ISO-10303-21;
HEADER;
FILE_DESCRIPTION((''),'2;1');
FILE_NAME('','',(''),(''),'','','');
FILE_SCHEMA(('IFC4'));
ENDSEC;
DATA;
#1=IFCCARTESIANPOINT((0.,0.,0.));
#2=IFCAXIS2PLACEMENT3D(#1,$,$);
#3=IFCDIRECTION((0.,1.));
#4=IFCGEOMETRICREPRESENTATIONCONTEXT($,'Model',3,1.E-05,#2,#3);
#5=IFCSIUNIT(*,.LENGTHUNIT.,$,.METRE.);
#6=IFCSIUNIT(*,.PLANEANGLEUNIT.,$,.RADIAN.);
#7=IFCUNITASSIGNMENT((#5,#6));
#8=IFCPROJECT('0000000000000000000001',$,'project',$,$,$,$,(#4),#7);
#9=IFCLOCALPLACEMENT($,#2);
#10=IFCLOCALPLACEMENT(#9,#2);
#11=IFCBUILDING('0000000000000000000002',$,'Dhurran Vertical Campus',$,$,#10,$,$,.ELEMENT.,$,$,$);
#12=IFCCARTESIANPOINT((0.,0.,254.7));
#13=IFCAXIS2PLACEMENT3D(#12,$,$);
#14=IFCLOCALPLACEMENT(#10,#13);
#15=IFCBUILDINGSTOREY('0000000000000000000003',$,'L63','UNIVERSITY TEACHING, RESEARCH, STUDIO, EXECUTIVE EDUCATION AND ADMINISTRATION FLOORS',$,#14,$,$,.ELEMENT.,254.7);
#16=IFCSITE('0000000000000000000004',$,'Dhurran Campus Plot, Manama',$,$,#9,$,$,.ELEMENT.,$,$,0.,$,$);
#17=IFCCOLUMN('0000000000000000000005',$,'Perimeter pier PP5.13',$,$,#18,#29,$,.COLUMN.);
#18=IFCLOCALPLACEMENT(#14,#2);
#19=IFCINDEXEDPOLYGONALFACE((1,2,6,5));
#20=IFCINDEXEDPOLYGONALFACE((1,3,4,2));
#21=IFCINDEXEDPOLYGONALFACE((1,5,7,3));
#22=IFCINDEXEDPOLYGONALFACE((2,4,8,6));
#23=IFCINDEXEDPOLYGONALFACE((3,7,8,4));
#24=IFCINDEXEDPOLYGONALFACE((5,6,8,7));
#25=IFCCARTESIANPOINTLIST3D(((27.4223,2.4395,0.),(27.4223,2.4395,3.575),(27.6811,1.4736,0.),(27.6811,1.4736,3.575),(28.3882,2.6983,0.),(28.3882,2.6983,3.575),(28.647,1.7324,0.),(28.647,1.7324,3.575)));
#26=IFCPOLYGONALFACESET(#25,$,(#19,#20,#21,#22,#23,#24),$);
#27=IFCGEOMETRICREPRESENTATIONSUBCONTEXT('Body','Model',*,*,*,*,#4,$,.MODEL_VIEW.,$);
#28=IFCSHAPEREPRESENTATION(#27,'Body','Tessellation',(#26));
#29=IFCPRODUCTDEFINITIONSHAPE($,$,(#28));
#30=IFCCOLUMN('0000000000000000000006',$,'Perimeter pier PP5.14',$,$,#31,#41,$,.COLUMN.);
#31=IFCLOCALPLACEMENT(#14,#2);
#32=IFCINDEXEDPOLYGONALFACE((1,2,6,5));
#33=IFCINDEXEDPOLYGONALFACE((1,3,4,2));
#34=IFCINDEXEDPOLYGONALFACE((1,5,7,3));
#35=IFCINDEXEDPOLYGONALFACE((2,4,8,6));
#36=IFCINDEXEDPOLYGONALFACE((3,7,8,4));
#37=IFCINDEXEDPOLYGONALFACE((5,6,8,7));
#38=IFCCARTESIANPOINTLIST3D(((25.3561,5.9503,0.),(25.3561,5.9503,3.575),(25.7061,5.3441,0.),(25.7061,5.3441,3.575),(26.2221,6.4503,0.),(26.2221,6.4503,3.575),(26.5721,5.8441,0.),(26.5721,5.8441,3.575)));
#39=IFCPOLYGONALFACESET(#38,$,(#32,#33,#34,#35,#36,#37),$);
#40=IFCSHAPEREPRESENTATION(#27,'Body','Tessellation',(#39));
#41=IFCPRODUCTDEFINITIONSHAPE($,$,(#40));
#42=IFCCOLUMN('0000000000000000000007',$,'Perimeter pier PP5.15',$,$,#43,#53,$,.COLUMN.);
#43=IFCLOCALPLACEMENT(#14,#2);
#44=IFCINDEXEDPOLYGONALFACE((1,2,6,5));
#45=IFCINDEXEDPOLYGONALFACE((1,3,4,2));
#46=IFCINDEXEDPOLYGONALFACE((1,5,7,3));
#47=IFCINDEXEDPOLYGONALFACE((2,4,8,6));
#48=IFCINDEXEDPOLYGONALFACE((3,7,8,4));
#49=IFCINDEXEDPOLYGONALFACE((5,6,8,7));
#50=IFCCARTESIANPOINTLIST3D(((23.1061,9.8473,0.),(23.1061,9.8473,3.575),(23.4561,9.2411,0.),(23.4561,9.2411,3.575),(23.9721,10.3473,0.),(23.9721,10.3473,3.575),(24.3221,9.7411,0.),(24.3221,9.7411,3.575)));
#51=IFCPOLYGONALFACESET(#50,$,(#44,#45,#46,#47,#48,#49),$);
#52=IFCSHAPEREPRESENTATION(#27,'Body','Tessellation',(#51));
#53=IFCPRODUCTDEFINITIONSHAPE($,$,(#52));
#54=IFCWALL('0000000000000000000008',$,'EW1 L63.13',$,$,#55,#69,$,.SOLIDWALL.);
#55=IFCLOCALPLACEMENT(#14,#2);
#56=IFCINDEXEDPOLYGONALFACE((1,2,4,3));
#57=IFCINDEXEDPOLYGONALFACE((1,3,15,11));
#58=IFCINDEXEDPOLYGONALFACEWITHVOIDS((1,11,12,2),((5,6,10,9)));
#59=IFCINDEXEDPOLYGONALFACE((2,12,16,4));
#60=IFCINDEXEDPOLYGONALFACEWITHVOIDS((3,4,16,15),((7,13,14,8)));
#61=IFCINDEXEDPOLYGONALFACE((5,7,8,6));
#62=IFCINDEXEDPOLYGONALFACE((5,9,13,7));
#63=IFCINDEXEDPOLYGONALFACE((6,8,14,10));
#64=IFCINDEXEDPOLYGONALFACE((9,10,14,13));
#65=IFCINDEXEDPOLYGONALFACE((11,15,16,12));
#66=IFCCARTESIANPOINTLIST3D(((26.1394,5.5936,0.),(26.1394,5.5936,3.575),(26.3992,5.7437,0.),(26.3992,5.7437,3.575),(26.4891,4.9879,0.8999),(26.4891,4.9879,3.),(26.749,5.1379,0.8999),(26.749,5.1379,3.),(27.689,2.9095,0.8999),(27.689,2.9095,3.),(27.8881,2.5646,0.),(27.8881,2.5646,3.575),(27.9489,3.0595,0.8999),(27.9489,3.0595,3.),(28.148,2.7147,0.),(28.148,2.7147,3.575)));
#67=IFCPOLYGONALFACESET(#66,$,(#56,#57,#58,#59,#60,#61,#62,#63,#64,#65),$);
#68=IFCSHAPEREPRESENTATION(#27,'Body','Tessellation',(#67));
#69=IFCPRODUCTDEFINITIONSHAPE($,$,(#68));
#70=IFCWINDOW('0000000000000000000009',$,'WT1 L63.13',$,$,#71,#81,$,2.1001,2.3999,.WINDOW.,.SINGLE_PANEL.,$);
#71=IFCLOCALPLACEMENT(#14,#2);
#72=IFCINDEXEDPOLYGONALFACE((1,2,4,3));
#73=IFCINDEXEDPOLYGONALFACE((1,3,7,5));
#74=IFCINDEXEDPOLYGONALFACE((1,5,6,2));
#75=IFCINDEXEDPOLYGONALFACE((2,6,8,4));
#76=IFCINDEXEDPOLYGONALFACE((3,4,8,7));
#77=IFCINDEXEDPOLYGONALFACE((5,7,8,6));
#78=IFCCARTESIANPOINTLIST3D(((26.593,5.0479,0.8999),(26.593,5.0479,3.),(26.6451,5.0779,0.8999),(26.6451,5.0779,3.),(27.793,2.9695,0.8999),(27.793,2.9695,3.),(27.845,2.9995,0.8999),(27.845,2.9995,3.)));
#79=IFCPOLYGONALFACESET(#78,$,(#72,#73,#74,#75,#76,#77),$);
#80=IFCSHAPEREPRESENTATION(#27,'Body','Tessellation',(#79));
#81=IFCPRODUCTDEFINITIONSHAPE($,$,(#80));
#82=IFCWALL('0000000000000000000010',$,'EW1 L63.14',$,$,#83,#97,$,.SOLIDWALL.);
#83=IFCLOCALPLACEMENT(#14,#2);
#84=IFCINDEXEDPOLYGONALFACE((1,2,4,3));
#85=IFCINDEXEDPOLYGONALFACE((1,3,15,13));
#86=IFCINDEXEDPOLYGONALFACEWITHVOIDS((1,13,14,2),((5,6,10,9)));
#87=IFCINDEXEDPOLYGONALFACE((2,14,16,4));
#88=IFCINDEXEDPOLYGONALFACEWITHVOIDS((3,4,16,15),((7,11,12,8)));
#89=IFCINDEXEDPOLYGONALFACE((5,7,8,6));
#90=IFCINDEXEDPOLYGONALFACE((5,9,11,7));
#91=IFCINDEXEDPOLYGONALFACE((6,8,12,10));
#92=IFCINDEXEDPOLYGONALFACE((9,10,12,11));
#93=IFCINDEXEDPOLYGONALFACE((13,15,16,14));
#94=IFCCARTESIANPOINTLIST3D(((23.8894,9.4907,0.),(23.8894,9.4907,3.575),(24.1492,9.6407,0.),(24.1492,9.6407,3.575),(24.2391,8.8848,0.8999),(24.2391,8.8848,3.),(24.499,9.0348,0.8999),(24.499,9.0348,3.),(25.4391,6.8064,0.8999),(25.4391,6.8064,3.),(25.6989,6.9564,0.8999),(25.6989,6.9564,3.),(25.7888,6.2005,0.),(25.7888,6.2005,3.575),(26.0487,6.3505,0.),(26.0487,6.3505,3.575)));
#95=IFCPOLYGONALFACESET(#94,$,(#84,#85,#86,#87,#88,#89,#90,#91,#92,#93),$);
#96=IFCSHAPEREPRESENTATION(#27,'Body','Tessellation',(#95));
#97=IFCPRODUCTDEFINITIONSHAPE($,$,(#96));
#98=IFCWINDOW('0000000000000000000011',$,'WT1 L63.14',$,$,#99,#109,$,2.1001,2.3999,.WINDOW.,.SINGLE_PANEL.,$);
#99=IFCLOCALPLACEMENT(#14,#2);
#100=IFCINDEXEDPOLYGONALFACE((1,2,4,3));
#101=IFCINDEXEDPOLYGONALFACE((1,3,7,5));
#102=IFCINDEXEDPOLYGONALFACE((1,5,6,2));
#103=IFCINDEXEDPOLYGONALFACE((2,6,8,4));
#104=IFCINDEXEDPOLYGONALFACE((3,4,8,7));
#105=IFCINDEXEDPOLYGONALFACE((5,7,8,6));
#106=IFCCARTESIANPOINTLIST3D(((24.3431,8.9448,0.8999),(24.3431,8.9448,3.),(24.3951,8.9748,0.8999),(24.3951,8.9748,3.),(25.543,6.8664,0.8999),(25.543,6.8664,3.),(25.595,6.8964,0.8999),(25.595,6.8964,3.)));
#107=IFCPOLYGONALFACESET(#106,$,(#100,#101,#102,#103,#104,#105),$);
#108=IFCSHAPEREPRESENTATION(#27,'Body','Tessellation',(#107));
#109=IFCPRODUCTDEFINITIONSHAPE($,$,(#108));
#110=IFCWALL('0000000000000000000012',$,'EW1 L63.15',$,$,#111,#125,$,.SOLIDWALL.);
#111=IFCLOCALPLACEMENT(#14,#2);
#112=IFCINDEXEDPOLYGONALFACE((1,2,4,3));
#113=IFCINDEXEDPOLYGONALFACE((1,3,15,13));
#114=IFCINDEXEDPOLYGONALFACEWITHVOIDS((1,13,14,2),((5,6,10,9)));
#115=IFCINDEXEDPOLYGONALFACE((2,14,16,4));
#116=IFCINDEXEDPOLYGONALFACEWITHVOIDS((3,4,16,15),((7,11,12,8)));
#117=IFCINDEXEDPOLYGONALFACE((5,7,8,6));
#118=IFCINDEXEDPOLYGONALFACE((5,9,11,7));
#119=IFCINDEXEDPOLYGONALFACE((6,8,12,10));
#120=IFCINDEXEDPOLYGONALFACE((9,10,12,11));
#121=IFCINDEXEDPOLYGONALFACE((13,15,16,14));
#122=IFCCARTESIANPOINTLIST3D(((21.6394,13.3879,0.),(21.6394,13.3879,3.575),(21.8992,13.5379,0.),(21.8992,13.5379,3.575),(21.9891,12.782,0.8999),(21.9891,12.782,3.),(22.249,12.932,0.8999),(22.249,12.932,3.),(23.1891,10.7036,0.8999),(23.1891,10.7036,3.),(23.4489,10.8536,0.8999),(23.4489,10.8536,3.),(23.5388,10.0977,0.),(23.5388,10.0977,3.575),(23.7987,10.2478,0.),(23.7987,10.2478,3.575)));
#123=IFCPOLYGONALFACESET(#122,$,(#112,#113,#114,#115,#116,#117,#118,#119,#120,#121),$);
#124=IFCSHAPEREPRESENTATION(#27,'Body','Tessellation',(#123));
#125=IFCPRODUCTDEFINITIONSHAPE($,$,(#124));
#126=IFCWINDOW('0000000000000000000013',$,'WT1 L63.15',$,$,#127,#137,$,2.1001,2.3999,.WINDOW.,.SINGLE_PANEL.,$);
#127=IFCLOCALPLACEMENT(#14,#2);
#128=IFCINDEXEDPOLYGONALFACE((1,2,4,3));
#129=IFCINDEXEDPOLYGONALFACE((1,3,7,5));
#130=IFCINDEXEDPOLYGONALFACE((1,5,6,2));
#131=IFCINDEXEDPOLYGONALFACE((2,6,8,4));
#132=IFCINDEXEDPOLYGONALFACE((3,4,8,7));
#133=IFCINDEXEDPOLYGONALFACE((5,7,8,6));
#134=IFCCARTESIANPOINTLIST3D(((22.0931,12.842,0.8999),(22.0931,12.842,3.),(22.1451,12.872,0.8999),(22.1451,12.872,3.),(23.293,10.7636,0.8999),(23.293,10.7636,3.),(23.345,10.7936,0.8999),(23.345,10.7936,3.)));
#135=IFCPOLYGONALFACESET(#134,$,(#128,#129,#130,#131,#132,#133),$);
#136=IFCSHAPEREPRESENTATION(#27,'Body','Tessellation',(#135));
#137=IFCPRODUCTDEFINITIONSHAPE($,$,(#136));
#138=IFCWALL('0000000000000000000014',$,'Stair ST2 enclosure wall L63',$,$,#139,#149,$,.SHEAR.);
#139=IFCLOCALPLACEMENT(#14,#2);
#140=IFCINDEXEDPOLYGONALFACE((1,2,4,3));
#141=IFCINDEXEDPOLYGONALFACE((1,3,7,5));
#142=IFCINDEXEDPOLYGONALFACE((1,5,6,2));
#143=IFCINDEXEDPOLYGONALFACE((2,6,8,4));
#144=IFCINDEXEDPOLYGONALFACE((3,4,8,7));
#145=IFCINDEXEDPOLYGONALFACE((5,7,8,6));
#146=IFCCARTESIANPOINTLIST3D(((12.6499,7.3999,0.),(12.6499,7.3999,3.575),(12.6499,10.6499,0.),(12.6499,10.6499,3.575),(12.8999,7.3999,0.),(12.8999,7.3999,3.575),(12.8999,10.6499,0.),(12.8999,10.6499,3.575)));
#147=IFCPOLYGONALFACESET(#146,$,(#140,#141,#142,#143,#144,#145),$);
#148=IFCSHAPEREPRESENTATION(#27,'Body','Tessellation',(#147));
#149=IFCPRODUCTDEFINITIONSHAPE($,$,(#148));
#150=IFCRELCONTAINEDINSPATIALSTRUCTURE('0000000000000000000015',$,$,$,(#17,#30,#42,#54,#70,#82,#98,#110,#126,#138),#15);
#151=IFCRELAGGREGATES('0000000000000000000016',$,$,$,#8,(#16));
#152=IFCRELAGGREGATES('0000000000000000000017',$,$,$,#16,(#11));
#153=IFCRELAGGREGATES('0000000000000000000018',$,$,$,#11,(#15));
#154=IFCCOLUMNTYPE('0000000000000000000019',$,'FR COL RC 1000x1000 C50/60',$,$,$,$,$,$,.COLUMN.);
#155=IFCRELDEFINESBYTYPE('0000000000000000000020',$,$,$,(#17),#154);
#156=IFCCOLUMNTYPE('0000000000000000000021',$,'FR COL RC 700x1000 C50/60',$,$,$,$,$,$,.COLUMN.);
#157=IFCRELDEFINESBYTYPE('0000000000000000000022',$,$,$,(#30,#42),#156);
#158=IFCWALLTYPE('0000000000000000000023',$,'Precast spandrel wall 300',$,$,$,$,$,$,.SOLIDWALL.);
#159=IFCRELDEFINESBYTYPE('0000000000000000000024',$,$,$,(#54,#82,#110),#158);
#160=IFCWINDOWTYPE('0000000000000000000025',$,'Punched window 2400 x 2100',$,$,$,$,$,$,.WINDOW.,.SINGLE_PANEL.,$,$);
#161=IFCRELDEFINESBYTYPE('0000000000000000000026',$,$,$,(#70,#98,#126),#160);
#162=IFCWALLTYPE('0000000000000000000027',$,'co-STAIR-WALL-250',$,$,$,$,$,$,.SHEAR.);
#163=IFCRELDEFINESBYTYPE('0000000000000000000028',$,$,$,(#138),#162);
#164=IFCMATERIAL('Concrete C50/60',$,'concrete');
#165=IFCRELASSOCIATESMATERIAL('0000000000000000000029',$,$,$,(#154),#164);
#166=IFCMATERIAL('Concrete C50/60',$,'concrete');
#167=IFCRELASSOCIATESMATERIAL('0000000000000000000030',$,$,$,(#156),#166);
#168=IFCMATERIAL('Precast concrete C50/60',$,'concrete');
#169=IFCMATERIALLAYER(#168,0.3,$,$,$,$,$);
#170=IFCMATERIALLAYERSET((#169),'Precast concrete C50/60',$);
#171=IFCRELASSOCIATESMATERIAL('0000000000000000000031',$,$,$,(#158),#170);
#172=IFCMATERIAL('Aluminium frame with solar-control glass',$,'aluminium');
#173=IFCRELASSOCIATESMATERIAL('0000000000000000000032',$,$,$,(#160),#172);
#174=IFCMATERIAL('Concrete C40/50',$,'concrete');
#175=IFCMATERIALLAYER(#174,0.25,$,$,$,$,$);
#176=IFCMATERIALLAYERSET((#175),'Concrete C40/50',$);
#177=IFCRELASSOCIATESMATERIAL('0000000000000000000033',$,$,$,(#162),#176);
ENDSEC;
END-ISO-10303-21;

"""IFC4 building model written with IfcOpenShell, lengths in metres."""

from ifc_helpers import new_model, si_unit, direction, frame, frame_2d, origin, origin_2d, place, context, subcontext, project, spatial, rectangle, extrude, material, layer, layer_set, material_profile, profile_set, type_object, element, fill, save


model = new_model("IFC4")

# Units and contexts
model_context = context("Model", 3, precision=1e-05, world=origin(), true_north=direction((0.0, 1.0)))
body_context = subcontext(model_context, "Body", "Model", "MODEL_VIEW")
ifc_project = project(units=[si_unit("LENGTHUNIT", "METRE"), si_unit("PLANEANGLEUNIT", "RADIAN")], contexts=[model_context])

# Site, building, storey
site_placement = place(None, origin())
site = spatial("IfcSite", under=ifc_project, at=site_placement, Name="Dhurran Campus Plot, Manama", CompositionType="ELEMENT", RefElevation=0.0)
building_placement = place(site_placement, origin())
building = spatial("IfcBuilding", under=site, at=building_placement, Name="Dhurran Vertical Campus", CompositionType="ELEMENT")
storey_placement = place(building_placement, frame((0.0, 0.0, 254.7)))
storey = spatial("IfcBuildingStorey", under=building, at=storey_placement, Name="L63", Description="UNIVERSITY TEACHING, RESEARCH, STUDIO, EXECUTIVE EDUCATION AND ADMINISTRATION FLOORS", CompositionType="ELEMENT", Elevation=254.7)

# Columns
ifc_material_1 = material(Name="Concrete C50/60", Category="concrete")
ifc_material_profile_1 = material_profile(ifc_material_1, rectangle(XDim=1.0, YDim=1.0, at=origin_2d()), Name="RC 1000x1000")
ifc_profile_set_1 = profile_set([ifc_material_profile_1], Name="Concrete C50/60")
column_type_1 = type_object("IfcColumnType", Name="FR COL RC 1000x1000 C50/60", PredefinedType="COLUMN", material=ifc_profile_set_1)
column_placement = place(storey_placement, frame((28.0347, 2.0859, 0.0), z_axis=(0.0, 0.0, 1.0), x_axis=(-0.258819, 0.965926, 0.0)))
element("IfcColumn", 1, at=column_placement, inside=storey, type_object=column_type_1, Name="Perimeter pier PP5.13", PredefinedType="COLUMN", context=body_context, shape_type="SweptSolid", body=[
    extrude(rectangle(XDim=1.0, YDim=1.0, at=origin_2d()), origin(), (0.0, 0.0, 1.0), 3.575),
])
ifc_material_2 = material(Name="Concrete C50/60", Category="concrete")
ifc_material_profile_2 = material_profile(ifc_material_2, rectangle(XDim=0.7, YDim=1.0, at=origin_2d()), Name="RC 700x1000")
ifc_profile_set_2 = profile_set([ifc_material_profile_2], Name="Concrete C50/60")
column_type_2 = type_object("IfcColumnType", Name="FR COL RC 700x1000 C50/60", PredefinedType="COLUMN", material=ifc_profile_set_2)
for number, where, z_axis, x_axis, name in (
    (2, (25.9641, 5.8972, 0.0), (0.0, 0.0, 1.0), (-0.5, 0.866025, 0.0), "Perimeter pier PP5.14"),
    (3, (23.7141, 9.7942, 0.0), (0.0, 0.0, 1.0), (-0.5, 0.866025, 0.0), "Perimeter pier PP5.15"),
):
    element("IfcColumn", number, at=place(storey_placement, frame(where, z_axis=z_axis, x_axis=x_axis)), inside=storey, type_object=column_type_2, Name=name, PredefinedType="COLUMN", context=body_context, shape_type="SweptSolid", body=[
        extrude(rectangle(XDim=0.7, YDim=1.0, at=origin_2d()), origin(), (0.0, 0.0, 1.0), 3.575),
    ])

# Walls, openings, windows
ifc_material_3 = material(Name="Precast concrete C50/60", Category="concrete")
ifc_layer_1 = layer(ifc_material_3, 0.3)
ifc_layer_set_1 = layer_set([ifc_layer_1], Name="Precast concrete C50/60")
wall_type_1 = type_object("IfcWallType", Name="Precast spandrel wall 300", PredefinedType="SOLIDWALL", material=ifc_layer_set_1)
wall_1_placement = place(storey_placement, frame((28.0181, 2.6396, 0.0), z_axis=(0.0, 0.0, 1.0), x_axis=(-0.49999, 0.866031, 0.0)))
wall_1 = element("IfcWall", 4, at=wall_1_placement, inside=storey, type_object=wall_type_1, Name="EW1 L63.13", PredefinedType="SOLIDWALL", context=body_context, shape_type="SweptSolid", body=[
    extrude(rectangle(XDim=3.4976, YDim=0.3, at=frame_2d((1.7488, 0.0))), origin(), (0.0, 0.0, 1.0), 3.575),
])
opening_1_placement = place(wall_1_placement, frame((0.3982, 0.0, 0.8999)))
opening_1 = element("IfcOpeningElement", 5, at=opening_1_placement, cuts=wall_1, PredefinedType="OPENING", context=body_context, shape_type="SweptSolid", body=[
    extrude(rectangle(XDim=2.3999, YDim=2.1001, at=frame_2d((1.2, 1.05))), frame((0.0, 0.1599, 0.0), z_axis=(0.0, -1.0, 0.0), x_axis=(1.0, 0.0, 0.0)), (0.0, 0.0, 1.0), 0.3201),
])
ifc_material_4 = material(Name="Aluminium frame with solar-control glass", Category="aluminium")
window_type = type_object("IfcWindowType", Name="Punched window 2400 x 2100", PartitioningType="SINGLE_PANEL", PredefinedType="WINDOW", material=ifc_material_4)
window_1_placement = place(opening_1_placement, origin())
window_1 = element("IfcWindow", 6, at=window_1_placement, inside=storey, type_object=window_type, Name="WT1 L63.13", OverallHeight=2.1001, OverallWidth=2.3999, PartitioningType="SINGLE_PANEL", PredefinedType="WINDOW", context=body_context, shape_type="SweptSolid", body=[
    extrude(rectangle(XDim=2.3999, YDim=2.1001, at=frame_2d((1.2, 1.05))), frame((0.0, 0.03, 0.0), z_axis=(0.0, -1.0, 0.0), x_axis=(1.0, 0.0, 0.0)), (0.0, 0.0, 1.0), 0.0601),
])
fill(opening_1, window_1)
wall_2_placement = place(storey_placement, frame((25.9187, 6.2756, 0.0), z_axis=(0.0, 0.0, 1.0), x_axis=(-0.499982, 0.866036, 0.0)))
wall_2 = element("IfcWall", 7, at=wall_2_placement, inside=storey, type_object=wall_type_1, Name="EW1 L63.14", PredefinedType="SOLIDWALL", context=body_context, shape_type="SweptSolid", body=[
    extrude(rectangle(XDim=3.7991, YDim=0.3, at=frame_2d((1.8994, 0.0))), origin(), (0.0, 0.0, 1.0), 3.575),
])
opening_2_placement = place(wall_2_placement, frame((0.6995, 0.0, 0.8999)))
opening_2 = element("IfcOpeningElement", 8, at=opening_2_placement, cuts=wall_2, PredefinedType="OPENING", context=body_context, shape_type="SweptSolid", body=[
    extrude(rectangle(XDim=2.3999, YDim=2.1001, at=frame_2d((1.2, 1.05))), frame((0.0, 0.1599, 0.0), z_axis=(0.0, -1.0, 0.0), x_axis=(1.0, 0.0, 0.0)), (0.0, 0.0, 1.0), 0.3201),
])
window_2_placement = place(opening_2_placement, origin())
window_2 = element("IfcWindow", 9, at=window_2_placement, inside=storey, type_object=window_type, Name="WT1 L63.14", OverallHeight=2.1001, OverallWidth=2.3999, PartitioningType="SINGLE_PANEL", PredefinedType="WINDOW", context=body_context, shape_type="SweptSolid", body=[
    extrude(rectangle(XDim=2.3999, YDim=2.1001, at=frame_2d((1.2, 1.05))), frame((0.0, 0.03, 0.0), z_axis=(0.0, -1.0, 0.0), x_axis=(1.0, 0.0, 0.0)), (0.0, 0.0, 1.0), 0.0601),
])
fill(opening_2, window_2)
wall_3_placement = place(storey_placement, frame((23.6687, 10.1729, 0.0), z_axis=(0.0, 0.0, 1.0), x_axis=(-0.499982, 0.866036, 0.0)))
wall_3 = element("IfcWall", 10, at=wall_3_placement, inside=storey, type_object=wall_type_1, Name="EW1 L63.15", PredefinedType="SOLIDWALL", context=body_context, shape_type="SweptSolid", body=[
    extrude(rectangle(XDim=3.7991, YDim=0.3, at=frame_2d((1.8994, 0.0))), origin(), (0.0, 0.0, 1.0), 3.575),
])
opening_3_placement = place(wall_3_placement, frame((0.6995, 0.0, 0.8999)))
opening_3 = element("IfcOpeningElement", 11, at=opening_3_placement, cuts=wall_3, PredefinedType="OPENING", context=body_context, shape_type="SweptSolid", body=[
    extrude(rectangle(XDim=2.3999, YDim=2.1001, at=frame_2d((1.2, 1.05))), frame((0.0, 0.1599, 0.0), z_axis=(0.0, -1.0, 0.0), x_axis=(1.0, 0.0, 0.0)), (0.0, 0.0, 1.0), 0.3201),
])
window_3_placement = place(opening_3_placement, origin())
window_3 = element("IfcWindow", 12, at=window_3_placement, inside=storey, type_object=window_type, Name="WT1 L63.15", OverallHeight=2.1001, OverallWidth=2.3999, PartitioningType="SINGLE_PANEL", PredefinedType="WINDOW", context=body_context, shape_type="SweptSolid", body=[
    extrude(rectangle(XDim=2.3999, YDim=2.1001, at=frame_2d((1.2, 1.05))), frame((0.0, 0.03, 0.0), z_axis=(0.0, -1.0, 0.0), x_axis=(1.0, 0.0, 0.0)), (0.0, 0.0, 1.0), 0.0601),
])
fill(opening_3, window_3)

# Wall
ifc_material_5 = material(Name="Concrete C40/50", Category="concrete")
ifc_layer_2 = layer(ifc_material_5, 0.25)
ifc_layer_set_2 = layer_set([ifc_layer_2], Name="Concrete C40/50")
wall_type_2 = type_object("IfcWallType", Name="co-STAIR-WALL-250", PredefinedType="SHEAR", material=ifc_layer_set_2)
wall_4_placement = place(storey_placement, frame((12.7749, 7.3999, 0.0), z_axis=(0.0, 0.0, 1.0), x_axis=(0.0, 1.0, 0.0)))
element("IfcWall", 13, at=wall_4_placement, inside=storey, type_object=wall_type_2, Name="Stair ST2 enclosure wall L63", PredefinedType="SHEAR", context=body_context, shape_type="SweptSolid", body=[
    extrude(rectangle(XDim=3.25, YDim=0.25, at=frame_2d((1.625, 0.0))), origin(), (0.0, 0.0, 1.0), 3.575),
])

save(model, "model.ifc")
